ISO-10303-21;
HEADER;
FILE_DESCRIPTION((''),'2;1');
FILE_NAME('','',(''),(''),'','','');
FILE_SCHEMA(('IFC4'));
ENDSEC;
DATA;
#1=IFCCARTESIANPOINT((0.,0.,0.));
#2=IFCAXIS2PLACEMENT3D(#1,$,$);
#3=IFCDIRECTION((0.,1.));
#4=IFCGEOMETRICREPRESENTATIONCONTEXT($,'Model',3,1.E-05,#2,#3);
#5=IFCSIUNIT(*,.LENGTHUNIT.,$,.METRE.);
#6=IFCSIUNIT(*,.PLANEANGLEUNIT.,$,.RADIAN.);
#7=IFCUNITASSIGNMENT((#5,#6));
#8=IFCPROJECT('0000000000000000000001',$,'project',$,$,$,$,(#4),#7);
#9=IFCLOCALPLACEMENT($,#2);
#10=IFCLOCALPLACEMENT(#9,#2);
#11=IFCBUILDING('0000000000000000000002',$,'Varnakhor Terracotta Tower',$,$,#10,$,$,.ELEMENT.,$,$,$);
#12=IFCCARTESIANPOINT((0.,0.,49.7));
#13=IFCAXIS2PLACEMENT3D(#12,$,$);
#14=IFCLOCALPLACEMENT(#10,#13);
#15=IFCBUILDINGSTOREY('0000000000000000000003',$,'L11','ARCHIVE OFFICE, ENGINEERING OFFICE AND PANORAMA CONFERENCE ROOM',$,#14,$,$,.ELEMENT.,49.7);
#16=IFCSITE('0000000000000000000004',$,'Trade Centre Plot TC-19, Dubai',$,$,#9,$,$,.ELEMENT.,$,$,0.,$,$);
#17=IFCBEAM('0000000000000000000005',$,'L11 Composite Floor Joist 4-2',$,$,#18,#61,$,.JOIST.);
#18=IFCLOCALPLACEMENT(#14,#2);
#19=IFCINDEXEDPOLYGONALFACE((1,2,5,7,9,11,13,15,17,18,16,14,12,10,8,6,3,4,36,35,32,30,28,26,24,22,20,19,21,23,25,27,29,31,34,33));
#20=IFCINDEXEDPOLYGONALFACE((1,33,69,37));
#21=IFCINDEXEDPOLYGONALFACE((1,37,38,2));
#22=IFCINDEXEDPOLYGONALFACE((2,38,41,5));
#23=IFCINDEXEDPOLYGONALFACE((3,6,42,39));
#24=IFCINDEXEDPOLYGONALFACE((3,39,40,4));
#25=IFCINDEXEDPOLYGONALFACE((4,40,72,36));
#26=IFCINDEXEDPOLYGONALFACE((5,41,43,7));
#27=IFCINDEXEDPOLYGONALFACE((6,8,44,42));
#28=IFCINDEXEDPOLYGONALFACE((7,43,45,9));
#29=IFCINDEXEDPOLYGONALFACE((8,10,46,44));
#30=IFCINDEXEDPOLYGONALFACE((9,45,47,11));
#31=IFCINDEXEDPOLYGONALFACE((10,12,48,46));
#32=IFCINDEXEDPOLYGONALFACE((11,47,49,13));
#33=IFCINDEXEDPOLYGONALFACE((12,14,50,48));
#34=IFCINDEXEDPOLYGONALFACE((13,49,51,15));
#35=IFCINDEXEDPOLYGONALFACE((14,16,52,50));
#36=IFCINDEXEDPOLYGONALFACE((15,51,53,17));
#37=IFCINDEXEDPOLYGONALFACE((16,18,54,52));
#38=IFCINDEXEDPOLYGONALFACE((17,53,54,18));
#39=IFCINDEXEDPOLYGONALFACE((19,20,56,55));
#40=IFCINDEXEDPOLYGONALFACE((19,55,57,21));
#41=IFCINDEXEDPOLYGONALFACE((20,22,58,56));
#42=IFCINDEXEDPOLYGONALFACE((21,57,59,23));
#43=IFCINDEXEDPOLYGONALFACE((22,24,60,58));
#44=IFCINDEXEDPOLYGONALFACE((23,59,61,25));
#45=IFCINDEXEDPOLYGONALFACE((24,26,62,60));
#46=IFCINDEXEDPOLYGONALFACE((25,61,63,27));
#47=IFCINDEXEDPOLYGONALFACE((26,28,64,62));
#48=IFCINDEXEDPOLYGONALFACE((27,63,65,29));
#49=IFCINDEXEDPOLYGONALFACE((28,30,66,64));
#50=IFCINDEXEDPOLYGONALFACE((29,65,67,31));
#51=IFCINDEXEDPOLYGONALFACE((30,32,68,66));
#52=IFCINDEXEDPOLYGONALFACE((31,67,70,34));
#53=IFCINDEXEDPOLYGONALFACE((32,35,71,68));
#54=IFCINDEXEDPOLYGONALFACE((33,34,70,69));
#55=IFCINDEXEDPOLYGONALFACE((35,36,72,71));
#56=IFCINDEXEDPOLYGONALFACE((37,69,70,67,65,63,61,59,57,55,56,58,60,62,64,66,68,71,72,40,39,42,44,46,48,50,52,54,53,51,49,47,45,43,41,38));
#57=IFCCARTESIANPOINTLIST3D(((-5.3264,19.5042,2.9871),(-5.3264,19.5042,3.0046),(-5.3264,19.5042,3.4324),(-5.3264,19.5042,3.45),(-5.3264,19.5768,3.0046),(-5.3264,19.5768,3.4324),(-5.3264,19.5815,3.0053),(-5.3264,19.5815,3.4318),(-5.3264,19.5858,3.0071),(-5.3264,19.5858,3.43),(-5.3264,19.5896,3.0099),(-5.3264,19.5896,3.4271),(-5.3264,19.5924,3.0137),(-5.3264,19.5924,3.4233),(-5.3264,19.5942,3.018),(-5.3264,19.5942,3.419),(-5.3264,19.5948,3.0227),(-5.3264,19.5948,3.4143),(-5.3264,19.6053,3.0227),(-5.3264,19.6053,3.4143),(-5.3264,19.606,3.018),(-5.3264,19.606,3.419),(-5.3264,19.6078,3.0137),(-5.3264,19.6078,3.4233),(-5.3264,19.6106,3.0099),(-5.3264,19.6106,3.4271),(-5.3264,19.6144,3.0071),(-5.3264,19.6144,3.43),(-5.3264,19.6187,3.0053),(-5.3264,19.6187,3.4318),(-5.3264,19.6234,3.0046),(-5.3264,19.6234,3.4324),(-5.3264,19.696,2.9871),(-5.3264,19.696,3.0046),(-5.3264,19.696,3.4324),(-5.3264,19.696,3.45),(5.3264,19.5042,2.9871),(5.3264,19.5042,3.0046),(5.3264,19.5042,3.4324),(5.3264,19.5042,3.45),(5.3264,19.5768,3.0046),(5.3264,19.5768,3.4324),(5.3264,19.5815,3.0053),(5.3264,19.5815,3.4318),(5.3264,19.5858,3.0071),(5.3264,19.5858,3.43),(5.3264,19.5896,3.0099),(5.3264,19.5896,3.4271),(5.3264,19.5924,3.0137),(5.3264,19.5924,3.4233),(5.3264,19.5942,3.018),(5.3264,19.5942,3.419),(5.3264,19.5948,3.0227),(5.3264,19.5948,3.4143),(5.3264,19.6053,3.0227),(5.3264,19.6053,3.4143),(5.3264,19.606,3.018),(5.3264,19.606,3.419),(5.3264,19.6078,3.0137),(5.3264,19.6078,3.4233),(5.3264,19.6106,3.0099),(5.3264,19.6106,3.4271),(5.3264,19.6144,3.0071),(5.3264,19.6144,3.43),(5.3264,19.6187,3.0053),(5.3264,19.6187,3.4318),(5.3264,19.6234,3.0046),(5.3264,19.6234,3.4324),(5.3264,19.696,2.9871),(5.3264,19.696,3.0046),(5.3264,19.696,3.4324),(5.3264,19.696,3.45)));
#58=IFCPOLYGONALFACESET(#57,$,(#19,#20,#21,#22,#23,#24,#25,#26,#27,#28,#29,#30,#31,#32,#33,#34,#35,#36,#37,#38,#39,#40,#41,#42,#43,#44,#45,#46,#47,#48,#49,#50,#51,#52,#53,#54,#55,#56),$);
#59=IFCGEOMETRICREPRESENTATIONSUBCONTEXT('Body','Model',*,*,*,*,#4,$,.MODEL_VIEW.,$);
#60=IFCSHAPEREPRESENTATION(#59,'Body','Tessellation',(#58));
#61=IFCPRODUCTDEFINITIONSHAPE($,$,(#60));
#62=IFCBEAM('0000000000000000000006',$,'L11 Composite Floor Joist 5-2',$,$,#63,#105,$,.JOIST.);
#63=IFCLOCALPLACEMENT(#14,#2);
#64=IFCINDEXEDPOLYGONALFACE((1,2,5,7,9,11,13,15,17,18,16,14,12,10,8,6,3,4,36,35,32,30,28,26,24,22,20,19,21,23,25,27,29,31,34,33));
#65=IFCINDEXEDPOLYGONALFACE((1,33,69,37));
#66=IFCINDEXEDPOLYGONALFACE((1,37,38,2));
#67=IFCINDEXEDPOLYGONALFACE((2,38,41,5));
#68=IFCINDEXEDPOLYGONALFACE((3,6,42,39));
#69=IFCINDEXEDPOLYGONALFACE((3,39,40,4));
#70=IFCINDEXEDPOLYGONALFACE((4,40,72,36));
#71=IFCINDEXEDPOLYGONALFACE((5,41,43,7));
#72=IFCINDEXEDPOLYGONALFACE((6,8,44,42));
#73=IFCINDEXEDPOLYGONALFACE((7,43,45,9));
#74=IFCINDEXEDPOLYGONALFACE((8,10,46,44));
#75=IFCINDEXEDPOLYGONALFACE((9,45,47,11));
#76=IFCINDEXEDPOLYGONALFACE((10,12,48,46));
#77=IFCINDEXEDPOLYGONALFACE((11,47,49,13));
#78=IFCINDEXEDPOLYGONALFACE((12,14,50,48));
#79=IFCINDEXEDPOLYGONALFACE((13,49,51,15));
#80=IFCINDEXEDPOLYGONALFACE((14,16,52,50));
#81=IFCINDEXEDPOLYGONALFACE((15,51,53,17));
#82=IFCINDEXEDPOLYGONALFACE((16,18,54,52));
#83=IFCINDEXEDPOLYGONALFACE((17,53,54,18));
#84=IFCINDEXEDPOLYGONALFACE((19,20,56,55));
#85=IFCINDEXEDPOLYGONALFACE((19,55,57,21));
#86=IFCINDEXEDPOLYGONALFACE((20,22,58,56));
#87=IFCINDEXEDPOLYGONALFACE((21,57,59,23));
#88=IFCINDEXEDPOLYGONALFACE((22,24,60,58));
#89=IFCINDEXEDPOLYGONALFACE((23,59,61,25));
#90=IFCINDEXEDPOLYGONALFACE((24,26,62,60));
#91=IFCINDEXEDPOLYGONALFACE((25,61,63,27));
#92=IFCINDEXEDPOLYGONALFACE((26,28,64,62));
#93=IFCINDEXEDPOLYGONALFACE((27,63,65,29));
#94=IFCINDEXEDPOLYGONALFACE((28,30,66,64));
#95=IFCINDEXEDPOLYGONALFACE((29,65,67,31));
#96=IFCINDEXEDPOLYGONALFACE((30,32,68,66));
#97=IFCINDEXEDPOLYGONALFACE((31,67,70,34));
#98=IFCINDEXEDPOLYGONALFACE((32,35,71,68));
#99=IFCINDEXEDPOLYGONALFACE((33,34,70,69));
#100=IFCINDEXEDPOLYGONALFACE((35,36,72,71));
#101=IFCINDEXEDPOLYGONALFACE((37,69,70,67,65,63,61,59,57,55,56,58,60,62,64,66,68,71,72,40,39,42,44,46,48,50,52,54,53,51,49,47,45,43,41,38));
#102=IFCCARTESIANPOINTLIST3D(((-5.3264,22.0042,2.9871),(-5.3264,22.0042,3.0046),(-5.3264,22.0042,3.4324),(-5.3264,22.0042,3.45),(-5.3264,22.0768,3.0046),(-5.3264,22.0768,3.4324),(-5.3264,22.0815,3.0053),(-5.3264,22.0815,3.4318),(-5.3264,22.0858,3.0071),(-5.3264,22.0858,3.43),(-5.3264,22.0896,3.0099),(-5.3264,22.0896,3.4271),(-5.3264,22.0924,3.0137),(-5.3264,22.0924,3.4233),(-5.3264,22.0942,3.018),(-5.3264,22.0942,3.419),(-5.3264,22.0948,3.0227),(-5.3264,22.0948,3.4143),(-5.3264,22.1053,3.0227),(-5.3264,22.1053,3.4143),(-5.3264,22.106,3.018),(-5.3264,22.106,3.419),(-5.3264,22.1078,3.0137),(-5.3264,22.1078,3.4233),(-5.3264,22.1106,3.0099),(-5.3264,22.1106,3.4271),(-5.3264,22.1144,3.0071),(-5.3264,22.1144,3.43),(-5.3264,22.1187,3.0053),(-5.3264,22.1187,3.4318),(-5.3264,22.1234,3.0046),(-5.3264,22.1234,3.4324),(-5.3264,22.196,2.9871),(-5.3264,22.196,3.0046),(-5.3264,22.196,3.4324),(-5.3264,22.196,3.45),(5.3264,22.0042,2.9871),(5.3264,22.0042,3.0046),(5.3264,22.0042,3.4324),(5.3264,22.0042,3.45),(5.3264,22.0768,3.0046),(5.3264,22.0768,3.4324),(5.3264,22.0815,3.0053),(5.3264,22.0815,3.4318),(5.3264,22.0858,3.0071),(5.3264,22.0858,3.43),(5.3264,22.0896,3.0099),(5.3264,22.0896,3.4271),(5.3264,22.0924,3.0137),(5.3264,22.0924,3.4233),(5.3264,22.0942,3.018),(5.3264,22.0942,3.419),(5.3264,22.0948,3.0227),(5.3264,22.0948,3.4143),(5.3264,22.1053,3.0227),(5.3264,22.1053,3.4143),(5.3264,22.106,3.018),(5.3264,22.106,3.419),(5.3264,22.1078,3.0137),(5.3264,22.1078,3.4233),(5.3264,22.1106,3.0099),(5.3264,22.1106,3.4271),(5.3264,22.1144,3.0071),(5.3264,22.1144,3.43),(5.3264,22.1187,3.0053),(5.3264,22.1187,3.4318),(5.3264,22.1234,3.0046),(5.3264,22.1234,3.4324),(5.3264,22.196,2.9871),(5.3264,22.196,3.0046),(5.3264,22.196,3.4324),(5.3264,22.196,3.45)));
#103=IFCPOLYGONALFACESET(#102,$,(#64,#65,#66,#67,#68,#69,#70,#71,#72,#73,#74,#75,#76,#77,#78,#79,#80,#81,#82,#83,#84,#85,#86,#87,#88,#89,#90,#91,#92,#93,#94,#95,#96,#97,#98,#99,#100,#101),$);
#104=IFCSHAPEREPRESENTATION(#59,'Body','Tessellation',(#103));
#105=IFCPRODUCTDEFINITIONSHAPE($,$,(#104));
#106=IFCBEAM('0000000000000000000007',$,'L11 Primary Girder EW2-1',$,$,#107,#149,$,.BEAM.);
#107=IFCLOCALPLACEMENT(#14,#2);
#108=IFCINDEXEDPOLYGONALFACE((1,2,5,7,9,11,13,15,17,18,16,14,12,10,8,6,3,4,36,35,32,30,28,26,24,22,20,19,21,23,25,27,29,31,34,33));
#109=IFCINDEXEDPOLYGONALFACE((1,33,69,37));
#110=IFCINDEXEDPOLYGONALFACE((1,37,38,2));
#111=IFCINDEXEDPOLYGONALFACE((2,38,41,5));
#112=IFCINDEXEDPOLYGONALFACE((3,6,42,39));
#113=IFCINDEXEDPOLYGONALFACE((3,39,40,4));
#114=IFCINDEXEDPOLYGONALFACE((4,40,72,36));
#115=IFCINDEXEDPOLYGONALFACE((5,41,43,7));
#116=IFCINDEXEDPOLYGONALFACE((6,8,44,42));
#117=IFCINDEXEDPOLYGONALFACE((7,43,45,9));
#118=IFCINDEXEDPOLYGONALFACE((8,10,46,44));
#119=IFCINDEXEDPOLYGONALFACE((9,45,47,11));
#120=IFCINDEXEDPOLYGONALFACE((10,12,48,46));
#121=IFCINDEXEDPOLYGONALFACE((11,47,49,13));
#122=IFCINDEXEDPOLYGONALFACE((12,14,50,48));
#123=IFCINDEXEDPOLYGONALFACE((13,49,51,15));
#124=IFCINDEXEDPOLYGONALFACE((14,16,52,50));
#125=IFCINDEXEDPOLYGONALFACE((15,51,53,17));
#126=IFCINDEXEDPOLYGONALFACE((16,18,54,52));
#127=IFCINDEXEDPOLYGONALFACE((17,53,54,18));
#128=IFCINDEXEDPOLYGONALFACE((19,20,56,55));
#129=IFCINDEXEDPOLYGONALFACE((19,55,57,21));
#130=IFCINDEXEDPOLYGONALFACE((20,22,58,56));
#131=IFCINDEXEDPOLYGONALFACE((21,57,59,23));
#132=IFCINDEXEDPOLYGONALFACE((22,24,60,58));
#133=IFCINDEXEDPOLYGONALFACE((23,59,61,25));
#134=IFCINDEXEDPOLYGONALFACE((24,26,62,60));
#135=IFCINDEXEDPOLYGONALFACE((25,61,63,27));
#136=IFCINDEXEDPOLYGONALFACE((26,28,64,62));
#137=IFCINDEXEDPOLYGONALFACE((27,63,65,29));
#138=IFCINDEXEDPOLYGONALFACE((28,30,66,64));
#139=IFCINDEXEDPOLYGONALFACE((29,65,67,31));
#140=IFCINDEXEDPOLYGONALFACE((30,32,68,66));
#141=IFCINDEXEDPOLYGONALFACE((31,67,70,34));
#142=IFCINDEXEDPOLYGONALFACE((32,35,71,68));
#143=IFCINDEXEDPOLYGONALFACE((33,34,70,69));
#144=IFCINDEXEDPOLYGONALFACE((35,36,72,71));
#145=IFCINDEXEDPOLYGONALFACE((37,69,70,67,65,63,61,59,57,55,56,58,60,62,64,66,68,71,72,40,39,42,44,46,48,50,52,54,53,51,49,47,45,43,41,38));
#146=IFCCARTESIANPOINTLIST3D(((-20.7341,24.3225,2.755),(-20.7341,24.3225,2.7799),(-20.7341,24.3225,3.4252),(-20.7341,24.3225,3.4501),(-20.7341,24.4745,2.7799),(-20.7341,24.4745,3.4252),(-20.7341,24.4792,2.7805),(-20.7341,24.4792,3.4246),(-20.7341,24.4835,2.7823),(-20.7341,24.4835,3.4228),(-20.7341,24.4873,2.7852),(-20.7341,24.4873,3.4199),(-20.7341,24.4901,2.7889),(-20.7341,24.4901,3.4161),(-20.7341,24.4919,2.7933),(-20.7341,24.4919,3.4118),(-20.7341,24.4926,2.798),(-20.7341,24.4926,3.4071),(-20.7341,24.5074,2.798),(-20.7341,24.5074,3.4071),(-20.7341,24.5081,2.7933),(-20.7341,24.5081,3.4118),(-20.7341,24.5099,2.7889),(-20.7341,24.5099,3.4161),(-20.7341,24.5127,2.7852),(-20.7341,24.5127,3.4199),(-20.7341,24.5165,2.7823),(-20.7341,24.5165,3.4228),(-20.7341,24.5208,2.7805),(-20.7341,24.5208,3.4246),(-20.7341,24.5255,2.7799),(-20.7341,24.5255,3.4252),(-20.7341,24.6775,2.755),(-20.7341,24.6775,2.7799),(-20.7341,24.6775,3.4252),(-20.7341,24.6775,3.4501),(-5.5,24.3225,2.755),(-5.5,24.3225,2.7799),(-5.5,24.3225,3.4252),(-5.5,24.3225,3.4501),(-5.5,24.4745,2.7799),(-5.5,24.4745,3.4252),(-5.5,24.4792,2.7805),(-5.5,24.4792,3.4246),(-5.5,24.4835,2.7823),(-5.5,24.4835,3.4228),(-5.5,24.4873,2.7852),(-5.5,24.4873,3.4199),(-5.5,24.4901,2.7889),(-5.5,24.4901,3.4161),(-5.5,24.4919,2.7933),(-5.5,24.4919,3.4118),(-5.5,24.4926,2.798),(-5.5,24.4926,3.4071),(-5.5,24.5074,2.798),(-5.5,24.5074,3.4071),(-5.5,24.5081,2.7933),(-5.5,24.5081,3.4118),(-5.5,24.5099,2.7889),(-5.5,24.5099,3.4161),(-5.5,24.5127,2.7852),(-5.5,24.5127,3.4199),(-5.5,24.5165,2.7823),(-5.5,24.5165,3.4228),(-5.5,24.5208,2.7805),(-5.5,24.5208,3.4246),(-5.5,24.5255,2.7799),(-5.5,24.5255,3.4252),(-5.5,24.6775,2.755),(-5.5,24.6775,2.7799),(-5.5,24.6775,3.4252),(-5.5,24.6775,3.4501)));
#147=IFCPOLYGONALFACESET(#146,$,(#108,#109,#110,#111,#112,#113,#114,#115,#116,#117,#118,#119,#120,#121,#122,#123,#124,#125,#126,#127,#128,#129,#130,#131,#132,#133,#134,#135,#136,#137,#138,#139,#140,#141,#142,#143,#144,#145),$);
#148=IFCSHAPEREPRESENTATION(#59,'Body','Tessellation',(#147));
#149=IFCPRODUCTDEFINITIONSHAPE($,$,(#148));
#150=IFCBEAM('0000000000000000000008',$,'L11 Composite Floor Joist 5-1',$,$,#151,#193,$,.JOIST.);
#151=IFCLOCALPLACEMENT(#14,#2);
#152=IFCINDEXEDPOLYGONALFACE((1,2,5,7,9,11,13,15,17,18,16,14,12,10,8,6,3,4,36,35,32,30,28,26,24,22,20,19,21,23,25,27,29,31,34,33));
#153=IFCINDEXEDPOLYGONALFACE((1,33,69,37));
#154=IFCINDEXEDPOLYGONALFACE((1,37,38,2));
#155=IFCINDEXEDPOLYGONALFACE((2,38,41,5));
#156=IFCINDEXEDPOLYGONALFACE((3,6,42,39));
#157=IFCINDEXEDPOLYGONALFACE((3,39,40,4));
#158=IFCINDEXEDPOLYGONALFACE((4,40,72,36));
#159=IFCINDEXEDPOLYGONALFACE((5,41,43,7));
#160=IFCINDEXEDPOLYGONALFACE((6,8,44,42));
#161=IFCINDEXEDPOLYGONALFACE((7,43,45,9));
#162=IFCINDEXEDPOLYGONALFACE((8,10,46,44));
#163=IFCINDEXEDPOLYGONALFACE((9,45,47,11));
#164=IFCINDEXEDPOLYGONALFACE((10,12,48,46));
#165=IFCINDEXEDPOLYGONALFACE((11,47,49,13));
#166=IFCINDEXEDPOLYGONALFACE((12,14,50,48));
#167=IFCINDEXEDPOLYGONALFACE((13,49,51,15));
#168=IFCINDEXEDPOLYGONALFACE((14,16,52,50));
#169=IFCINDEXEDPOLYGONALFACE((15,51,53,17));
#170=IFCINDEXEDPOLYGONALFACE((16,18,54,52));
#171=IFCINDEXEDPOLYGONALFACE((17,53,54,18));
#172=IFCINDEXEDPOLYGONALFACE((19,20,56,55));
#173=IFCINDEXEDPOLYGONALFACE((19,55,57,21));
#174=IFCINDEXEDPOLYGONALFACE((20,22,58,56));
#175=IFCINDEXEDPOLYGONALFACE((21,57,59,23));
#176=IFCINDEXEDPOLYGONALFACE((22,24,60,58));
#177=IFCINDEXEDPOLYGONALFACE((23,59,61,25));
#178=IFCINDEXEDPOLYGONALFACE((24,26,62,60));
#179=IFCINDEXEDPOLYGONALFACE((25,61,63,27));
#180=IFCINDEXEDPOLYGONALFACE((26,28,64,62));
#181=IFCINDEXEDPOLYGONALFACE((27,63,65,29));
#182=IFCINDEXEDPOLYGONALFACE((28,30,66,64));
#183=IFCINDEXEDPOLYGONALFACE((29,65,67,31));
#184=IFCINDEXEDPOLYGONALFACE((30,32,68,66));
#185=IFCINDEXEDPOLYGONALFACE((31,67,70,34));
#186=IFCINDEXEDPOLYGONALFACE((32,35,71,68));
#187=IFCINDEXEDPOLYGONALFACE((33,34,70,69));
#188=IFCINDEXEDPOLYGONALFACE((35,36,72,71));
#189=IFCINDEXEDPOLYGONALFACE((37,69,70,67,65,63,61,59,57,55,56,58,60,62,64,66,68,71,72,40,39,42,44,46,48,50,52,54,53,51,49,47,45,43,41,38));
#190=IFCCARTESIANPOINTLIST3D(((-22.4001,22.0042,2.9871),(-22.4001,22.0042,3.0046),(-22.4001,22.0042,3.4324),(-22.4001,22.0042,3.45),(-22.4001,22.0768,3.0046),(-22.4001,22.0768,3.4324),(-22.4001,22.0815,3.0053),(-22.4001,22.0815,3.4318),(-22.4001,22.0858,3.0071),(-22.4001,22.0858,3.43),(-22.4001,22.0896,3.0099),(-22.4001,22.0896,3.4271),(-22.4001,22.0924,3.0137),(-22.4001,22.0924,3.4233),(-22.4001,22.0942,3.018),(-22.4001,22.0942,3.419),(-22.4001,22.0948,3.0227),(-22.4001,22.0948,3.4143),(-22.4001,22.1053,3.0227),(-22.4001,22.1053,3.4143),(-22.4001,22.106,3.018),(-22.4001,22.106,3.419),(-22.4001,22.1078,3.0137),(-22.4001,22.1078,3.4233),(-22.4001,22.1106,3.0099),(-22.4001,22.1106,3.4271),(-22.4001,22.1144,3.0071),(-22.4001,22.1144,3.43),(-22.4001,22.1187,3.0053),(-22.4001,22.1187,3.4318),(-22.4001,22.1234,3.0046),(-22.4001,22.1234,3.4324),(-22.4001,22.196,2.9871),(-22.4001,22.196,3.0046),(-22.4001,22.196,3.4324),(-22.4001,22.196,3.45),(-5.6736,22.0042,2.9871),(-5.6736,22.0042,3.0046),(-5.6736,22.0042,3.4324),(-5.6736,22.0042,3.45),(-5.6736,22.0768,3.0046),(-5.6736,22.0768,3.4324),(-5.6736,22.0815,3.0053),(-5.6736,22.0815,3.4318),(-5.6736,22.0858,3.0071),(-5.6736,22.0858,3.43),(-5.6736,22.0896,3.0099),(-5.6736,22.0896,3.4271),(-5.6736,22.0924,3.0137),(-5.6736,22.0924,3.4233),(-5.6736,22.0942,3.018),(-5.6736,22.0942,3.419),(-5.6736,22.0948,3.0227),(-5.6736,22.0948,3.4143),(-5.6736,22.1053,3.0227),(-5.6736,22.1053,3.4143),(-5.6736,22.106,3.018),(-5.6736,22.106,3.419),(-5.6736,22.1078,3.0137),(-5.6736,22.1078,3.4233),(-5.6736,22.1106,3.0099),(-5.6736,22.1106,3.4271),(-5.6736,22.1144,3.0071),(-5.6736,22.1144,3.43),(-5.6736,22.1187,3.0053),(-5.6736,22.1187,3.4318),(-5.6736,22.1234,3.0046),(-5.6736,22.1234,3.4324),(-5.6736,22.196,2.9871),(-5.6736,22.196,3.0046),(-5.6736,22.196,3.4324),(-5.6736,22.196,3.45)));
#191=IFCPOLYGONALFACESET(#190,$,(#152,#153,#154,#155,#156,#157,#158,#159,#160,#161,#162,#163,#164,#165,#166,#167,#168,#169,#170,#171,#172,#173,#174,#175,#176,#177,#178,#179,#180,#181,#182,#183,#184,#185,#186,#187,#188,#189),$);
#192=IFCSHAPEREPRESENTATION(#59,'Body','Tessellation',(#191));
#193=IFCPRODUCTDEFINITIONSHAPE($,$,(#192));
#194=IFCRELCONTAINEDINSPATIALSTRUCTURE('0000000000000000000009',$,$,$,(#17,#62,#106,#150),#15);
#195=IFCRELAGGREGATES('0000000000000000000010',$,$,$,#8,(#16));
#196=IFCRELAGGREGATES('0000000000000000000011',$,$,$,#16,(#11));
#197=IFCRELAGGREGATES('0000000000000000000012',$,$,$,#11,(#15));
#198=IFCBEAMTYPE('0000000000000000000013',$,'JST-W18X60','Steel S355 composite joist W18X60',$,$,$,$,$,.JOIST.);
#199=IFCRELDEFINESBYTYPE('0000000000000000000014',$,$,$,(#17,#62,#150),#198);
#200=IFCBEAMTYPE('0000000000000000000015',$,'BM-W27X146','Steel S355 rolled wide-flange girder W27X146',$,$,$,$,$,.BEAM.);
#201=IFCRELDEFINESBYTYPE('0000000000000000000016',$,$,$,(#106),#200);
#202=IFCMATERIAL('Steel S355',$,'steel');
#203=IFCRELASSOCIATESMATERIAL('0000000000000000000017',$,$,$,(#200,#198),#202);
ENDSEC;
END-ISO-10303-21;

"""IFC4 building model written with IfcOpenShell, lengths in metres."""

from ifc_helpers import new_model, si_unit, direction, frame, origin, origin_2d, place, context, subcontext, project, spatial, i_section, extrude, source, transform, mapped, material, material_profile, profile_set, type_object, element, save


model = new_model("IFC4")

# Units and contexts
model_context = context("Model", 3, precision=1e-05, world=origin(), true_north=direction((0.0, 1.0)))
body_context = subcontext(model_context, "Body", "Model", "MODEL_VIEW")
ifc_project = project(units=[si_unit("LENGTHUNIT", "METRE"), si_unit("PLANEANGLEUNIT", "RADIAN")], contexts=[model_context])

# Site, building, storey
site_placement = place(None, origin())
site = spatial("IfcSite", under=ifc_project, at=site_placement, Name="Trade Centre Plot TC-19, Dubai", CompositionType="ELEMENT", RefElevation=0.0)
building_placement = place(site_placement, origin())
building = spatial("IfcBuilding", under=site, at=building_placement, Name="Varnakhor Terracotta Tower", CompositionType="ELEMENT")
storey_placement = place(building_placement, frame((0.0, 0.0, 49.7)))
storey = spatial("IfcBuildingStorey", under=building, at=storey_placement, Name="L11", Description="ARCHIVE OFFICE, ENGINEERING OFFICE AND PANORAMA CONFERENCE ROOM", CompositionType="ELEMENT", Elevation=49.7)

# Beams
ifc_material_1 = material(Name="Steel S355", Category="steel")
ifc_material_profile_1 = material_profile(ifc_material_1, i_section(OverallWidth=0.355, OverallDepth=0.6951, WebThickness=0.0149, FlangeThickness=0.0249, FilletRadius=0.0181, at=origin_2d()), Name="W27X146")
ifc_profile_set_1 = profile_set([ifc_material_profile_1], Name="Steel S355")
beam_type_1 = type_object("IfcBeamType", Name="BM-W27X146", Description="Steel S355 rolled wide-flange girder W27X146", PredefinedType="BEAM", material=ifc_profile_set_1)
ifc_material_profile_2 = material_profile(ifc_material_1, i_section(OverallWidth=0.1919, OverallDepth=0.4629, WebThickness=0.0105, FlangeThickness=0.0176, FilletRadius=0.0181, at=origin_2d()), Name="W18X60")
ifc_profile_set_2 = profile_set([ifc_material_profile_2], Name="Steel S355")
beam_type_2 = type_object("IfcBeamType", Name="JST-W18X60", Description="Steel S355 composite joist W18X60", PredefinedType="JOIST", material=ifc_profile_set_2)
shared_shape_1 = source(origin(), body_context, "Body", "SweptSolid", [
    extrude(i_section(OverallWidth=0.1919, OverallDepth=0.4629, WebThickness=0.0105, FlangeThickness=0.0176, FilletRadius=0.0181, at=origin_2d()), origin(), (0.0, 0.0, 1.0), 10.6528),
])
for number, where, z_axis, x_axis, name in (
    (1, (-5.3264, 19.6001, 3.2185), (1.0, 0.0, 0.0), (0.0, 1.0, 0.0), "L11 Composite Floor Joist 4-2"),
    (2, (-5.3264, 22.1001, 3.2185), (1.0, 0.0, 0.0), (0.0, 1.0, 0.0), "L11 Composite Floor Joist 5-2"),
):
    element("IfcBeam", number, at=place(storey_placement, frame(where, z_axis=z_axis, x_axis=x_axis)), inside=storey, type_object=beam_type_2, Name=name, PredefinedType="JOIST", context=body_context, shape_type="MappedRepresentation", body=[
        mapped(shared_shape_1, transform((0.0, 0.0, 0.0), scale=1.0)),
    ])
shared_shape_2 = source(origin(), body_context, "Body", "SweptSolid", [
    extrude(i_section(OverallWidth=0.355, OverallDepth=0.6951, WebThickness=0.0149, FlangeThickness=0.0249, FilletRadius=0.0181, at=origin_2d()), origin(), (0.0, 0.0, 1.0), 15.2341),
])
beam_1_placement = place(storey_placement, frame((-20.7341, 24.5, 3.1025), z_axis=(1.0, 0.0, 0.0), x_axis=(0.0, 1.0, 0.0)))
element("IfcBeam", 3, at=beam_1_placement, inside=storey, type_object=beam_type_1, Name="L11 Primary Girder EW2-1", PredefinedType="BEAM", context=body_context, shape_type="MappedRepresentation", body=[
    mapped(shared_shape_2, transform((0.0, 0.0, 0.0), scale=1.0)),
])
shared_shape_3 = source(origin(), body_context, "Body", "SweptSolid", [
    extrude(i_section(OverallWidth=0.1919, OverallDepth=0.4629, WebThickness=0.0105, FlangeThickness=0.0176, FilletRadius=0.0181, at=origin_2d()), origin(), (0.0, 0.0, 1.0), 16.7266),
])
beam_2_placement = place(storey_placement, frame((-22.4001, 22.1001, 3.2185), z_axis=(1.0, 0.0, 0.0), x_axis=(0.0, 1.0, 0.0)))
element("IfcBeam", 4, at=beam_2_placement, inside=storey, type_object=beam_type_2, Name="L11 Composite Floor Joist 5-1", PredefinedType="JOIST", context=body_context, shape_type="MappedRepresentation", body=[
    mapped(shared_shape_3, transform((0.0, 0.0, 0.0), scale=1.0)),
])

save(model, "model.ifc")
